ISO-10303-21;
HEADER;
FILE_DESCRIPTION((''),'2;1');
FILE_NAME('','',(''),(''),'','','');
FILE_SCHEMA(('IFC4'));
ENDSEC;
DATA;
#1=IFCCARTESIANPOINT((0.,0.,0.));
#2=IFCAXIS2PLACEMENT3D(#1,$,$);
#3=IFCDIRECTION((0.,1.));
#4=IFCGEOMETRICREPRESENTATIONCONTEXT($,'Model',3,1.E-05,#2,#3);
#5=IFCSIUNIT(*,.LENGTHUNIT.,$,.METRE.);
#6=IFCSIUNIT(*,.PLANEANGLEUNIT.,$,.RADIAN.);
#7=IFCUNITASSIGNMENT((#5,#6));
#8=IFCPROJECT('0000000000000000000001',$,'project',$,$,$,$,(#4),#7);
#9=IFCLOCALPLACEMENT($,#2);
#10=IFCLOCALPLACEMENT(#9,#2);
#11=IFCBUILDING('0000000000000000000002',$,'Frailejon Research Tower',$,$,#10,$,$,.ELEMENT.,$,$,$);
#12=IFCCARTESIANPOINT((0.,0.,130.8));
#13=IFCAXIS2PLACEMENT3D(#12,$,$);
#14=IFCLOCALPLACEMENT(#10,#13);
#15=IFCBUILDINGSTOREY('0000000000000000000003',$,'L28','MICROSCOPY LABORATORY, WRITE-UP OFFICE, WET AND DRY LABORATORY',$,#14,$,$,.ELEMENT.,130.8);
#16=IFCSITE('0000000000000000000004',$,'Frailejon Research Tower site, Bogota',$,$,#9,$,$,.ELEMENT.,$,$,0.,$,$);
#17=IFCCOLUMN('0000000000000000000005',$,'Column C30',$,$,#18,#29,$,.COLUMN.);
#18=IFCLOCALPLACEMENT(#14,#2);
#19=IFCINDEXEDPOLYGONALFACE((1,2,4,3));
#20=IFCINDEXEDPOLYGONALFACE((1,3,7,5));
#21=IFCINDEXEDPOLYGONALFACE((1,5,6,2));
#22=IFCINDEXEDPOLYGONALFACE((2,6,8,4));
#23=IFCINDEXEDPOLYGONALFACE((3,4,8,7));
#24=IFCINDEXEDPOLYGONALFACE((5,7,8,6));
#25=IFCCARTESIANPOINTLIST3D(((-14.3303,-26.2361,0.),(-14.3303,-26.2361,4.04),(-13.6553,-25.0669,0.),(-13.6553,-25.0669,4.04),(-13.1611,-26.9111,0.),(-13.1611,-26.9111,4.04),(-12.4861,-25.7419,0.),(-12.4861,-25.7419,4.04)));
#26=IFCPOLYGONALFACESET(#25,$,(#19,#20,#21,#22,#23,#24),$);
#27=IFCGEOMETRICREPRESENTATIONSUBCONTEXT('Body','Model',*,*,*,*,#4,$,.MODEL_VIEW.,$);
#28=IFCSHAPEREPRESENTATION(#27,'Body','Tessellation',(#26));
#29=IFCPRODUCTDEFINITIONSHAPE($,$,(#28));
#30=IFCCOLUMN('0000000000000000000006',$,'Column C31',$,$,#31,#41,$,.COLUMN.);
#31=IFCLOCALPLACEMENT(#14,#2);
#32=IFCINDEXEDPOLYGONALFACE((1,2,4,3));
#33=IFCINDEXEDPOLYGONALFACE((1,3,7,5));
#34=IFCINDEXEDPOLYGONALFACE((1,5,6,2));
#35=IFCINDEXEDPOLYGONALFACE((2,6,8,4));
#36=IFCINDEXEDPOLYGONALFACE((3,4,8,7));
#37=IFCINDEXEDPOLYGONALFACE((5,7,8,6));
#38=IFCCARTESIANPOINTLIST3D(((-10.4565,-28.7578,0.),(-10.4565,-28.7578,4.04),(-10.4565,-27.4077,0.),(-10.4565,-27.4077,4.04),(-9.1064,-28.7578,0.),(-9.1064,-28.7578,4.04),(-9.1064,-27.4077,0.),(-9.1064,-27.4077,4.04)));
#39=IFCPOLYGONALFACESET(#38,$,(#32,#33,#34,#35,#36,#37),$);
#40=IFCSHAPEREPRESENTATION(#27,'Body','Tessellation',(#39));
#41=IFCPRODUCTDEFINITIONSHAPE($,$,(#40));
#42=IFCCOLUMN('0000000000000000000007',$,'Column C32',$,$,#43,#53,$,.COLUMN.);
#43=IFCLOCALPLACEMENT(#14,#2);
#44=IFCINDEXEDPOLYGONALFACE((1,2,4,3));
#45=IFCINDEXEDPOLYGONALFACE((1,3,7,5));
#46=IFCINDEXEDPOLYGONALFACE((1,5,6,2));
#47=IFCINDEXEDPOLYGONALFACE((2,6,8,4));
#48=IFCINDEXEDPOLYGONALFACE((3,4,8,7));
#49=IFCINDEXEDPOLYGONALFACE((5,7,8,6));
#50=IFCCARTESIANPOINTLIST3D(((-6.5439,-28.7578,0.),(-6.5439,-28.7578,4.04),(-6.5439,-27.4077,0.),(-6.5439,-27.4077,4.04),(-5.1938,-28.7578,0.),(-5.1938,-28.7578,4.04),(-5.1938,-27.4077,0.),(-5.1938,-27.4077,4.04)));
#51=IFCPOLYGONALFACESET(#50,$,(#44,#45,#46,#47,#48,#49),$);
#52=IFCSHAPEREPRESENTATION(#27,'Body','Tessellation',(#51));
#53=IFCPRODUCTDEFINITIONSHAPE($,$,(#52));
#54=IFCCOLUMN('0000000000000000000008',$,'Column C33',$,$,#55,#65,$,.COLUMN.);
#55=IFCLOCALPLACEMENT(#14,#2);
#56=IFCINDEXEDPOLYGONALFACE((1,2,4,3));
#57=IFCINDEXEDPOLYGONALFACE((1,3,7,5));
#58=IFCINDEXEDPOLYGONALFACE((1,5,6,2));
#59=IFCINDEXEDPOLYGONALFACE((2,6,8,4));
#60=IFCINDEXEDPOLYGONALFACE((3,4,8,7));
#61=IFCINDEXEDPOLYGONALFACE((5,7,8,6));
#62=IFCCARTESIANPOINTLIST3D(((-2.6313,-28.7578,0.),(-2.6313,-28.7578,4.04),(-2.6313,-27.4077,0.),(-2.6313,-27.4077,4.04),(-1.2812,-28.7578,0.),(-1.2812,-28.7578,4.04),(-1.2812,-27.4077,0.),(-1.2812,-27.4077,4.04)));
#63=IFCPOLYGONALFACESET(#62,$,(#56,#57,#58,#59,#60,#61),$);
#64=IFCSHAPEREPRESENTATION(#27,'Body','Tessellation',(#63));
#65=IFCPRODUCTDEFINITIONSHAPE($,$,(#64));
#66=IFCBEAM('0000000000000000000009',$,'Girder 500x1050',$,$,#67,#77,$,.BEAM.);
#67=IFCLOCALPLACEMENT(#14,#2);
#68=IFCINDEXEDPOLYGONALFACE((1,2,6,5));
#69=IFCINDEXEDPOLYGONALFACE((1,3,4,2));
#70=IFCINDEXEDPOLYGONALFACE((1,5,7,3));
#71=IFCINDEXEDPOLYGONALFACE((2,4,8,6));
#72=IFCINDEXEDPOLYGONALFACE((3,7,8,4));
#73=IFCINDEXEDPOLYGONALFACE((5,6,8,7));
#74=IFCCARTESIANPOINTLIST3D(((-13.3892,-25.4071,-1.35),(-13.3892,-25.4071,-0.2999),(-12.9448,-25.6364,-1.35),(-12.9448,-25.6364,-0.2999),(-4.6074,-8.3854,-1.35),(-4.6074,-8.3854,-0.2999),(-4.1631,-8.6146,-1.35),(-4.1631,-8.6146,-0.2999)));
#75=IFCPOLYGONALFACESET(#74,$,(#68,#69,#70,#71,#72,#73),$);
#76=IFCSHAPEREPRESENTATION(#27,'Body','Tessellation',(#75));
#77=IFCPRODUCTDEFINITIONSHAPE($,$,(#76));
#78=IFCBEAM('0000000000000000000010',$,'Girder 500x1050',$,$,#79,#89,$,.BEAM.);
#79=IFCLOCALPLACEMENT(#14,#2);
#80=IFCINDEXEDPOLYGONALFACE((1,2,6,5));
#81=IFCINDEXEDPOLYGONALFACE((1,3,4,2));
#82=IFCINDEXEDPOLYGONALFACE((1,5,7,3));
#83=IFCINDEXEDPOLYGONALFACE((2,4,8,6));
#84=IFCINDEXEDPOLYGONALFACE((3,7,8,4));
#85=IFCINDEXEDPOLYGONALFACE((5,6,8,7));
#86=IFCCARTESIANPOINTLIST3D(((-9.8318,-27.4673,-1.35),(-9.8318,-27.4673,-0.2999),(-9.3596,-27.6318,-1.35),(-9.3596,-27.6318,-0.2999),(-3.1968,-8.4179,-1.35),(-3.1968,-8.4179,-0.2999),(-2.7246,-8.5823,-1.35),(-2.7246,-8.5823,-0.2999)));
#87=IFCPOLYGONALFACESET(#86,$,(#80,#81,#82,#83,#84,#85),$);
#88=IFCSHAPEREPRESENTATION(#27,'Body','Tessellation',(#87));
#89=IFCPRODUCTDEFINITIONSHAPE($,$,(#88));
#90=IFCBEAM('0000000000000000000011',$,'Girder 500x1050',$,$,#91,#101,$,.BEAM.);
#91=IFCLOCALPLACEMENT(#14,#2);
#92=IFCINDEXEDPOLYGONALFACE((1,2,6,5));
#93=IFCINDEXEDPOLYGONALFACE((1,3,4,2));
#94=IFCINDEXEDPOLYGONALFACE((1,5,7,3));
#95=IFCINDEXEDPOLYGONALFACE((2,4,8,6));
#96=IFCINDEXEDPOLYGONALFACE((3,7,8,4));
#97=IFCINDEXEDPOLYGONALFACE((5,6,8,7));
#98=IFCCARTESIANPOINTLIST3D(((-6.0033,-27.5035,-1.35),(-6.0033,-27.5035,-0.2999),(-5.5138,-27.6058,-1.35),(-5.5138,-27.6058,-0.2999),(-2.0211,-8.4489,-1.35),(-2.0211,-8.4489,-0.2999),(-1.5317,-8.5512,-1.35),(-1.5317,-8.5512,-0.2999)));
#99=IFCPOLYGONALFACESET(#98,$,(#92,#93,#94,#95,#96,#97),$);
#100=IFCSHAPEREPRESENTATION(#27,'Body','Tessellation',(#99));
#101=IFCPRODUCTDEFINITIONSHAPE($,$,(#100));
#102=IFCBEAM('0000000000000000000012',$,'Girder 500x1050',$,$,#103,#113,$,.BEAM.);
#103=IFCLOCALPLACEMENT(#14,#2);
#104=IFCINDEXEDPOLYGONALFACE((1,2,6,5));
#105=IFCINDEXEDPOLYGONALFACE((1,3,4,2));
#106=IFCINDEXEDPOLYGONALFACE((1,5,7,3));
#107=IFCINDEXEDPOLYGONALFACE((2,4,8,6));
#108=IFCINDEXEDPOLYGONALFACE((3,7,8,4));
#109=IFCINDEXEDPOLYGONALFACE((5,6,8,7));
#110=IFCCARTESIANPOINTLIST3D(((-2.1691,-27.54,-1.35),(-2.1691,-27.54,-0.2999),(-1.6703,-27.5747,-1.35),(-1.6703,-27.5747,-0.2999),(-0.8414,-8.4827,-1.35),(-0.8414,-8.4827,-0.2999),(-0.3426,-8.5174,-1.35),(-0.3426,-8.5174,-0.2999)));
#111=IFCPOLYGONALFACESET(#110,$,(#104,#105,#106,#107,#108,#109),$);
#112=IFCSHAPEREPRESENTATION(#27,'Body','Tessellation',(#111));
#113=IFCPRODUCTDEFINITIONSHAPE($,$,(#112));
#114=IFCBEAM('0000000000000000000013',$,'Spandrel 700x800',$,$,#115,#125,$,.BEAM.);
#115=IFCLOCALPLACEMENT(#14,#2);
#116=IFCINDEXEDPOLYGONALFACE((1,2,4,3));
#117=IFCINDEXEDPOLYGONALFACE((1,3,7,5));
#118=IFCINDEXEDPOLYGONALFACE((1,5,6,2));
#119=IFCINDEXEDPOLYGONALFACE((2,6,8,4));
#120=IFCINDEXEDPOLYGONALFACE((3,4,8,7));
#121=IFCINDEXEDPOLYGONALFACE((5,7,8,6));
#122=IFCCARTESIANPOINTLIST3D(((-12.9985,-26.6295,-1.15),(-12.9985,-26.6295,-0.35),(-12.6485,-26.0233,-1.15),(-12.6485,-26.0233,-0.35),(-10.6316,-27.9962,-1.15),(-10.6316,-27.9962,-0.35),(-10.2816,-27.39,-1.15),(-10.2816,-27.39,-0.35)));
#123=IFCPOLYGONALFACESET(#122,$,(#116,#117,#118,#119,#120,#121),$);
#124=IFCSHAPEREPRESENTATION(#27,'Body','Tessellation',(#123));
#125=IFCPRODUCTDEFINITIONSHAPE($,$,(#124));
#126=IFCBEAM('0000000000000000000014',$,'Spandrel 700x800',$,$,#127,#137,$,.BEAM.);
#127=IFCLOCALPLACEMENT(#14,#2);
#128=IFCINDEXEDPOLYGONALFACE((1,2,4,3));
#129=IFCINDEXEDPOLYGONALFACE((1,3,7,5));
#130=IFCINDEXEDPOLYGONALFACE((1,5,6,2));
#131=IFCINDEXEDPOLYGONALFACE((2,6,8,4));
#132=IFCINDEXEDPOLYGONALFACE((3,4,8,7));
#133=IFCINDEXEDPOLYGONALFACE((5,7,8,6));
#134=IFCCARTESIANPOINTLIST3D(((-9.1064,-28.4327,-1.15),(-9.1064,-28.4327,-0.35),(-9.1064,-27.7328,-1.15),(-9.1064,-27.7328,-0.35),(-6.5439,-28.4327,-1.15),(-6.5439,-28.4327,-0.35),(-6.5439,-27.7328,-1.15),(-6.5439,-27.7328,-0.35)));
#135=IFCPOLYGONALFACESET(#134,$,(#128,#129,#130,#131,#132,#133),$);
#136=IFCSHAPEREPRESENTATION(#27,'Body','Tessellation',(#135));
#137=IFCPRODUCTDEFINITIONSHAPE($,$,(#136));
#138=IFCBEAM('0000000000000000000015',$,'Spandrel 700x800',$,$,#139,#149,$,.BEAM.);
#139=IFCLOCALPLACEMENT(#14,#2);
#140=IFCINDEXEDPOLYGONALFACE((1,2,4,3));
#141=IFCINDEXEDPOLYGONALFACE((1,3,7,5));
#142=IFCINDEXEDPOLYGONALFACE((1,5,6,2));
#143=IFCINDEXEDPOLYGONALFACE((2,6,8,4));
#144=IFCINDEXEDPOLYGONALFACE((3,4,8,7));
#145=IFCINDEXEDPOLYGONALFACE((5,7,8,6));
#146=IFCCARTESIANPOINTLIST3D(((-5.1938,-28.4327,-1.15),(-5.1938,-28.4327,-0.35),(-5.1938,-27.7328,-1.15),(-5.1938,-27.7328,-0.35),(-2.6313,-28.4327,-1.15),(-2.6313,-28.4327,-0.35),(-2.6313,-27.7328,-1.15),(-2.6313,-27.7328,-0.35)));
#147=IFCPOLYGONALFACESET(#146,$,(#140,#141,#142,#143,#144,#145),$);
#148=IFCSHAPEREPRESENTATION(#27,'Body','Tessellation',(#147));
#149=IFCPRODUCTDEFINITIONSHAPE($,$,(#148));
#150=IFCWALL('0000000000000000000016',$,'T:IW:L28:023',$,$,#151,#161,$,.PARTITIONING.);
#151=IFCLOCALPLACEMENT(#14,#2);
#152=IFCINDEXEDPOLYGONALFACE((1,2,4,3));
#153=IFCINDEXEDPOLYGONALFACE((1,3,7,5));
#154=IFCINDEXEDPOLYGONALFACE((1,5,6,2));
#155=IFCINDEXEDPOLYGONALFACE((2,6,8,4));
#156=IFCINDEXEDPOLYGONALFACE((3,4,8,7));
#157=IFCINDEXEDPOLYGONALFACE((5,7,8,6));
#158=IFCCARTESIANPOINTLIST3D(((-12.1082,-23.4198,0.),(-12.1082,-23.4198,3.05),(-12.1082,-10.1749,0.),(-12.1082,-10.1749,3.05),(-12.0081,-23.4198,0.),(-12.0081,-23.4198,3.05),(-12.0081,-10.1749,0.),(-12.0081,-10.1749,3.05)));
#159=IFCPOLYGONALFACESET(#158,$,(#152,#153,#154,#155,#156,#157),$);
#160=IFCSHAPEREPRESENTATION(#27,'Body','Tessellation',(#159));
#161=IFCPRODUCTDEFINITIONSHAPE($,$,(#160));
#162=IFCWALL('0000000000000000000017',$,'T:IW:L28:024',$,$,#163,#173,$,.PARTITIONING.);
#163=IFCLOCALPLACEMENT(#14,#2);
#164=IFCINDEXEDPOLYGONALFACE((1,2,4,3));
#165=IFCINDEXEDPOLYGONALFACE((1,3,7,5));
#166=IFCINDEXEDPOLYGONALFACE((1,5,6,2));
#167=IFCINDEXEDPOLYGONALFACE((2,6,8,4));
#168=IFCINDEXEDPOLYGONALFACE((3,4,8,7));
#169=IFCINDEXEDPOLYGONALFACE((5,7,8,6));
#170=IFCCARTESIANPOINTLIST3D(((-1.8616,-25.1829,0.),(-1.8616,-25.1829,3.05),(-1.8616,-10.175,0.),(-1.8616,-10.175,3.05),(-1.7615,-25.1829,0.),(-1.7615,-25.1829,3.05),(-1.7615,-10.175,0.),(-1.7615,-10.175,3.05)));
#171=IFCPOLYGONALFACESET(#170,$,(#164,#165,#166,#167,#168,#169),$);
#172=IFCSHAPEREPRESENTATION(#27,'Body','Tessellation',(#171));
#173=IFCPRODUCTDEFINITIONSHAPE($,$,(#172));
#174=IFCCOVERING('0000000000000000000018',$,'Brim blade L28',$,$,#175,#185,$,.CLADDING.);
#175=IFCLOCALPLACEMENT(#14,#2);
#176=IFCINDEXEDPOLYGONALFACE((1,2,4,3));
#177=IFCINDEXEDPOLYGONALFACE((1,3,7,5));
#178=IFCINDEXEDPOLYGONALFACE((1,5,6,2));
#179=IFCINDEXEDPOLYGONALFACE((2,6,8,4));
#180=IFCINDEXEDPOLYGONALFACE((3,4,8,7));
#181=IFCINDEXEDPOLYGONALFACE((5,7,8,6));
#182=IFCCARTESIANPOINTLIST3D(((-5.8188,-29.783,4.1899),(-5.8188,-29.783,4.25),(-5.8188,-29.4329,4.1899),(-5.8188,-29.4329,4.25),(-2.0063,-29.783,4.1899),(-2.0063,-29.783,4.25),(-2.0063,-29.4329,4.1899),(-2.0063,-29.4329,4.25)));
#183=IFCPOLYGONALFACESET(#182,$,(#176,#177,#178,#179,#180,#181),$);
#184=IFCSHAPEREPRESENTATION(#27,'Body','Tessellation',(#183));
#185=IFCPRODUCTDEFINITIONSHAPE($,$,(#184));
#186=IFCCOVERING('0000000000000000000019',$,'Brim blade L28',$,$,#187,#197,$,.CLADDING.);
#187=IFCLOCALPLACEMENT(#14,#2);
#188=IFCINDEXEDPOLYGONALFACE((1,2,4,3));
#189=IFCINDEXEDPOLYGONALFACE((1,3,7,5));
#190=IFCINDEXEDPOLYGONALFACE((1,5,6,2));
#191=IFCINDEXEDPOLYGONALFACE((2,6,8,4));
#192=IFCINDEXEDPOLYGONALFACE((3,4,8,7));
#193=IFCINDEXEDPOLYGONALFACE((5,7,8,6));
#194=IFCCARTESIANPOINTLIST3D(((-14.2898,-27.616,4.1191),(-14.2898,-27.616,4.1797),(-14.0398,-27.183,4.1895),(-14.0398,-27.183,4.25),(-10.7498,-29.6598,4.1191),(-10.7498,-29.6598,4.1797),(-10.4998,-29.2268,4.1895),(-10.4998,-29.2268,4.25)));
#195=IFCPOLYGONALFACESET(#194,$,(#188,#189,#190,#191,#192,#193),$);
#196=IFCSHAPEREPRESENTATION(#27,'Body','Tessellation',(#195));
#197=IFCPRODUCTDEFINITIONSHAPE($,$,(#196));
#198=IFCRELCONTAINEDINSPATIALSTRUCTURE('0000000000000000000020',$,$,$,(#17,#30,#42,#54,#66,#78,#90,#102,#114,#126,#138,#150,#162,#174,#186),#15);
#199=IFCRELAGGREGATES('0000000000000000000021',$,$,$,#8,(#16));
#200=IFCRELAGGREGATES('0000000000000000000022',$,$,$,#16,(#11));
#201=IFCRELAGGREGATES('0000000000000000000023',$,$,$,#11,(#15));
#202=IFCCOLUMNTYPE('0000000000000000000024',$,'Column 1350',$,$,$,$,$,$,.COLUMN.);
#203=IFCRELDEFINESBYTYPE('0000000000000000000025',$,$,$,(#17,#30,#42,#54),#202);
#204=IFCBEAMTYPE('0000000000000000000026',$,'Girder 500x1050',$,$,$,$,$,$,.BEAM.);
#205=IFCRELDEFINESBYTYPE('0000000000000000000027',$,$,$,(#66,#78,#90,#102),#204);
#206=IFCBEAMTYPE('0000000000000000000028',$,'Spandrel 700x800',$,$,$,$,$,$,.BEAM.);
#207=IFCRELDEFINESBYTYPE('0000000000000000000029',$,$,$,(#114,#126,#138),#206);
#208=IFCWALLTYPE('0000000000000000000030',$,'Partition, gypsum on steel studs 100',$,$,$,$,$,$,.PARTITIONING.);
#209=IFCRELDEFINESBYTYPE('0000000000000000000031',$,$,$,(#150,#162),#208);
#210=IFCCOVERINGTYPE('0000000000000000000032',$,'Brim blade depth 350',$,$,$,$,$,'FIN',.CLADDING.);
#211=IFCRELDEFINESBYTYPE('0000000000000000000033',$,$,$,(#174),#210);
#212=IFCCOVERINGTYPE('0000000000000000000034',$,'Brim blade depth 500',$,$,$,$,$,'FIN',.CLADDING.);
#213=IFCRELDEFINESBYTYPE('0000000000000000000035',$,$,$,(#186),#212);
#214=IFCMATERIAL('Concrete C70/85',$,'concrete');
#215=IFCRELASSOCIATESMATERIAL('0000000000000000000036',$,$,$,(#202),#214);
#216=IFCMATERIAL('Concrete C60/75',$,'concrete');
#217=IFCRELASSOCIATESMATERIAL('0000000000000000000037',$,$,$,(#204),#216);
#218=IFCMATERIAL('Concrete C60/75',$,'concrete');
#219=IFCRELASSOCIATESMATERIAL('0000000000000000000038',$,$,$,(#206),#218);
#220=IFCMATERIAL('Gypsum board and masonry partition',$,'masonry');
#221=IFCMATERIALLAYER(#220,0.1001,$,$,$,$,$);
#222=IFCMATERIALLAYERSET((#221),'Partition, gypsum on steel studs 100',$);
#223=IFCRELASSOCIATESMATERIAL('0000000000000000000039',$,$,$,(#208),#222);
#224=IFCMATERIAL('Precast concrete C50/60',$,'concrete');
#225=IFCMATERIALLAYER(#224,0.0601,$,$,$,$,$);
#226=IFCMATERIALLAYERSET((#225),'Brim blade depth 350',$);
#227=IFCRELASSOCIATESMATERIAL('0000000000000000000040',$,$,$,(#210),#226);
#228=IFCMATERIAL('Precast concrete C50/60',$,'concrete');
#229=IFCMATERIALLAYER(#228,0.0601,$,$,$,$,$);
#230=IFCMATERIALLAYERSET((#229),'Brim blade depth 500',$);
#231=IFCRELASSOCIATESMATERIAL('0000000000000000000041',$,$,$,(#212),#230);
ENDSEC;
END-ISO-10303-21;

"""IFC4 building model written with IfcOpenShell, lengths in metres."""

from ifc_helpers import new_model, si_unit, direction, frame, frame_2d, origin, origin_2d, place, context, subcontext, project, spatial, polyline, rectangle, outline, extrude, material, layer, layer_set, material_profile, profile_set, type_object, element, save


model = new_model("IFC4")

# Units and contexts
model_context = context("Model", 3, precision=1e-05, world=origin(), true_north=direction((0.0, 1.0)))
body_context = subcontext(model_context, "Body", "Model", "MODEL_VIEW")
ifc_project = project(units=[si_unit("LENGTHUNIT", "METRE"), si_unit("PLANEANGLEUNIT", "RADIAN")], contexts=[model_context])

# Site, building, storey
site_placement = place(None, origin())
site = spatial("IfcSite", under=ifc_project, at=site_placement, Name="Frailejon Research Tower site, Bogota", CompositionType="ELEMENT", RefElevation=0.0)
building_placement = place(site_placement, origin())
building = spatial("IfcBuilding", under=site, at=building_placement, Name="Frailejon Research Tower", CompositionType="ELEMENT")
storey_placement = place(building_placement, frame((0.0, 0.0, 130.8)))
storey = spatial("IfcBuildingStorey", under=building, at=storey_placement, Name="L28", Description="MICROSCOPY LABORATORY, WRITE-UP OFFICE, WET AND DRY LABORATORY", CompositionType="ELEMENT", Elevation=130.8)

# Columns
ifc_material_1 = material(Name="Concrete C70/85", Category="concrete")
ifc_material_profile_1 = material_profile(ifc_material_1, rectangle(XDim=1.3501, YDim=1.3501, at=origin_2d()), Name="Column 1350")
ifc_profile_set_1 = profile_set([ifc_material_profile_1], Name="Concrete C70/85")
column_type = type_object("IfcColumnType", Name="Column 1350", PredefinedType="COLUMN", material=ifc_profile_set_1)
for number, where, z_axis, x_axis, name in (
    (1, (-13.4082, -25.989, 0.0), (0.0, 0.0, 1.0), (0.866025, -0.5, 0.0), "Column C30"),
    (2, (-9.7815, -28.0828, 0.0), (0.0, 0.0, 1.0), (1.0, 0.0, 0.0), "Column C31"),
    (3, (-5.8689, -28.0828, 0.0), (0.0, 0.0, 1.0), (1.0, 0.0, 0.0), "Column C32"),
    (4, (-1.9563, -28.0828, 0.0), (0.0, 0.0, 1.0), (1.0, 0.0, 0.0), "Column C33"),
):
    element("IfcColumn", number, at=place(storey_placement, frame(where, z_axis=z_axis, x_axis=x_axis)), inside=storey, type_object=column_type, Name=name, PredefinedType="COLUMN", context=body_context, shape_type="SweptSolid", body=[
        extrude(rectangle(XDim=1.3501, YDim=1.3501, at=origin_2d()), origin(), (0.0, 0.0, 1.0), 4.04),
    ])

# Beams
ifc_material_2 = material(Name="Concrete C60/75", Category="concrete")
ifc_material_profile_2 = material_profile(ifc_material_2, rectangle(XDim=0.5, YDim=1.05, at=origin_2d()), Name="Girder 500x1050")
ifc_profile_set_2 = profile_set([ifc_material_profile_2], Name="Concrete C60/75")
beam_type_1 = type_object("IfcBeamType", Name="Girder 500x1050", PredefinedType="BEAM", material=ifc_profile_set_2)
beam_1_placement = place(storey_placement, frame((-13.167, -25.5217, -0.825), z_axis=(0.458492, 0.888699, 0.0), x_axis=(-0.888699, 0.458492, 0.0)))
element("IfcBeam", 5, at=beam_1_placement, inside=storey, type_object=beam_type_1, Name="Girder 500x1050", PredefinedType="BEAM", context=body_context, shape_type="SweptSolid", body=[
    extrude(rectangle(XDim=0.5, YDim=1.05, at=origin_2d()), origin(), (0.0, 0.0, 1.0), 19.1536),
])
beam_2_placement = place(storey_placement, frame((-9.5957, -27.5496, -0.825), z_axis=(0.328922, 0.944357, 0.0), x_axis=(-0.944357, 0.328922, 0.0)))
element("IfcBeam", 6, at=beam_2_placement, inside=storey, type_object=beam_type_1, Name="Girder 500x1050", PredefinedType="BEAM", context=body_context, shape_type="SweptSolid", body=[
    extrude(rectangle(XDim=0.5, YDim=1.05, at=origin_2d()), origin(), (0.0, 0.0, 1.0), 20.1719),
])
beam_3_placement = place(storey_placement, frame((-5.7585, -27.5547, -0.825), z_axis=(0.204567, 0.978853, 0.0), x_axis=(-0.978853, 0.204567, 0.0)))
element("IfcBeam", 7, at=beam_3_placement, inside=storey, type_object=beam_type_1, Name="Girder 500x1050", PredefinedType="BEAM", context=body_context, shape_type="SweptSolid", body=[
    extrude(rectangle(XDim=0.5, YDim=1.05, at=origin_2d()), origin(), (0.0, 0.0, 1.0), 19.4663),
])
beam_4_placement = place(storey_placement, frame((-1.9197, -27.5574, -0.825), z_axis=(0.069497, 0.997582, 0.0), x_axis=(-0.997582, 0.069497, 0.0)))
element("IfcBeam", 8, at=beam_4_placement, inside=storey, type_object=beam_type_1, Name="Girder 500x1050", PredefinedType="BEAM", context=body_context, shape_type="SweptSolid", body=[
    extrude(rectangle(XDim=0.5, YDim=1.05, at=origin_2d()), origin(), (0.0, 0.0, 1.0), 19.1035),
])
ifc_material_3 = material(Name="Concrete C60/75", Category="concrete")
ifc_material_profile_3 = material_profile(ifc_material_3, rectangle(XDim=0.7, YDim=0.8, at=origin_2d()), Name="Spandrel 700x800")
ifc_profile_set_3 = profile_set([ifc_material_profile_3], Name="Concrete C60/75")
beam_type_2 = type_object("IfcBeamType", Name="Spandrel 700x800", PredefinedType="BEAM", material=ifc_profile_set_3)
beam_5_placement = place(storey_placement, frame((-12.8235, -26.3264, -0.75), z_axis=(0.866003, -0.500039, 0.0), x_axis=(0.500039, 0.866003, 0.0)))
element("IfcBeam", 9, at=beam_5_placement, inside=storey, type_object=beam_type_2, Name="Spandrel 700x800", PredefinedType="BEAM", context=body_context, shape_type="SweptSolid", body=[
    extrude(rectangle(XDim=0.7, YDim=0.8, at=origin_2d()), origin(), (0.0, 0.0, 1.0), 2.7332),
])
for number, where, z_axis, x_axis, name in (
    (10, (-9.1064, -28.0828, -0.75), (1.0, 0.0, 0.0), (0.0, 1.0, 0.0), "Spandrel 700x800"),
    (11, (-5.1938, -28.0828, -0.75), (1.0, 0.0, 0.0), (0.0, 1.0, 0.0), "Spandrel 700x800"),
):
    element("IfcBeam", number, at=place(storey_placement, frame(where, z_axis=z_axis, x_axis=x_axis)), inside=storey, type_object=beam_type_2, Name=name, PredefinedType="BEAM", context=body_context, shape_type="SweptSolid", body=[
        extrude(rectangle(XDim=0.7, YDim=0.8, at=origin_2d()), origin(), (0.0, 0.0, 1.0), 2.5625),
    ])

# Walls
ifc_material_4 = material(Name="Gypsum board and masonry partition", Category="masonry")
ifc_layer_1 = layer(ifc_material_4, 0.1001)
ifc_layer_set_1 = layer_set([ifc_layer_1], Name="Partition, gypsum on steel studs 100")
wall_type_1 = type_object("IfcWallType", Name="Partition, gypsum on steel studs 100", PredefinedType="PARTITIONING", material=ifc_layer_set_1)
wall_1_placement = place(storey_placement, frame((-12.0581, -23.4199, 0.0), z_axis=(0.0, 0.0, 1.0), x_axis=(0.0, 1.0, 0.0)))
element("IfcWall", 12, at=wall_1_placement, inside=storey, type_object=wall_type_1, Name="T:IW:L28:023", PredefinedType="PARTITIONING", context=body_context, shape_type="SweptSolid", body=[
    extrude(rectangle(XDim=13.2449, YDim=0.1001, at=frame_2d((6.6226, 0.0))), origin(), (0.0, 0.0, 1.0), 3.05),
])
wall_2_placement = place(storey_placement, frame((-1.8115, -25.1829, 0.0), z_axis=(0.0, 0.0, 1.0), x_axis=(0.0, 1.0, 0.0)))
element("IfcWall", 13, at=wall_2_placement, inside=storey, type_object=wall_type_1, Name="T:IW:L28:024", PredefinedType="PARTITIONING", context=body_context, shape_type="SweptSolid", body=[
    extrude(rectangle(XDim=15.0078, YDim=0.1001, at=frame_2d((7.5039, 0.0))), origin(), (0.0, 0.0, 1.0), 3.05),
])

# Coverings
ifc_material_5 = material(Name="Precast concrete C50/60", Category="concrete")
ifc_layer_2 = layer(ifc_material_5, 0.0601)
ifc_layer_set_2 = layer_set([ifc_layer_2], Name="Brim blade depth 350")
covering_type_1 = type_object("IfcCoveringType", Name="Brim blade depth 350", ElementType="FIN", PredefinedType="CLADDING", material=ifc_layer_set_2)
covering_1_placement = place(storey_placement, frame((-2.0063, -29.4329, 4.25), z_axis=(-1.0, 0.0, 0.0), x_axis=(0.0, -1.0, 0.0)))
element("IfcCovering", 14, at=covering_1_placement, inside=storey, type_object=covering_type_1, Name="Brim blade L28", PredefinedType="CLADDING", context=body_context, shape_type="SweptSolid", body=[
    extrude(outline(polyline([(0.0, -0.0601), (0.3501, -0.0601), (0.3501, 0.0), (0.0, 0.0), (0.0, -0.0601)])), origin(), (0.0, 0.0, 1.0), 3.8125),
])
ifc_material_6 = material(Name="Precast concrete C50/60", Category="concrete")
ifc_layer_3 = layer(ifc_material_6, 0.0601)
ifc_layer_set_3 = layer_set([ifc_layer_3], Name="Brim blade depth 500")
covering_type_2 = type_object("IfcCoveringType", Name="Brim blade depth 500", ElementType="FIN", PredefinedType="CLADDING", material=ifc_layer_set_3)
covering_2_placement = place(storey_placement, frame((-10.4998, -29.2268, 4.25), z_axis=(-0.866027, 0.499997, 0.0), x_axis=(-0.499997, -0.866027, 0.0)))
element("IfcCovering", 15, at=covering_2_placement, inside=storey, type_object=covering_type_2, Name="Brim blade L28", PredefinedType="CLADDING", context=body_context, shape_type="SweptSolid", body=[
    extrude(outline(polyline([(0.0, -0.0605), (0.5, -0.1309), (0.5, -0.0703), (0.0, 0.0), (0.0, -0.0605)])), origin(), (0.0, 0.0, 1.0), 4.0876),
])

save(model, "model.ifc")
